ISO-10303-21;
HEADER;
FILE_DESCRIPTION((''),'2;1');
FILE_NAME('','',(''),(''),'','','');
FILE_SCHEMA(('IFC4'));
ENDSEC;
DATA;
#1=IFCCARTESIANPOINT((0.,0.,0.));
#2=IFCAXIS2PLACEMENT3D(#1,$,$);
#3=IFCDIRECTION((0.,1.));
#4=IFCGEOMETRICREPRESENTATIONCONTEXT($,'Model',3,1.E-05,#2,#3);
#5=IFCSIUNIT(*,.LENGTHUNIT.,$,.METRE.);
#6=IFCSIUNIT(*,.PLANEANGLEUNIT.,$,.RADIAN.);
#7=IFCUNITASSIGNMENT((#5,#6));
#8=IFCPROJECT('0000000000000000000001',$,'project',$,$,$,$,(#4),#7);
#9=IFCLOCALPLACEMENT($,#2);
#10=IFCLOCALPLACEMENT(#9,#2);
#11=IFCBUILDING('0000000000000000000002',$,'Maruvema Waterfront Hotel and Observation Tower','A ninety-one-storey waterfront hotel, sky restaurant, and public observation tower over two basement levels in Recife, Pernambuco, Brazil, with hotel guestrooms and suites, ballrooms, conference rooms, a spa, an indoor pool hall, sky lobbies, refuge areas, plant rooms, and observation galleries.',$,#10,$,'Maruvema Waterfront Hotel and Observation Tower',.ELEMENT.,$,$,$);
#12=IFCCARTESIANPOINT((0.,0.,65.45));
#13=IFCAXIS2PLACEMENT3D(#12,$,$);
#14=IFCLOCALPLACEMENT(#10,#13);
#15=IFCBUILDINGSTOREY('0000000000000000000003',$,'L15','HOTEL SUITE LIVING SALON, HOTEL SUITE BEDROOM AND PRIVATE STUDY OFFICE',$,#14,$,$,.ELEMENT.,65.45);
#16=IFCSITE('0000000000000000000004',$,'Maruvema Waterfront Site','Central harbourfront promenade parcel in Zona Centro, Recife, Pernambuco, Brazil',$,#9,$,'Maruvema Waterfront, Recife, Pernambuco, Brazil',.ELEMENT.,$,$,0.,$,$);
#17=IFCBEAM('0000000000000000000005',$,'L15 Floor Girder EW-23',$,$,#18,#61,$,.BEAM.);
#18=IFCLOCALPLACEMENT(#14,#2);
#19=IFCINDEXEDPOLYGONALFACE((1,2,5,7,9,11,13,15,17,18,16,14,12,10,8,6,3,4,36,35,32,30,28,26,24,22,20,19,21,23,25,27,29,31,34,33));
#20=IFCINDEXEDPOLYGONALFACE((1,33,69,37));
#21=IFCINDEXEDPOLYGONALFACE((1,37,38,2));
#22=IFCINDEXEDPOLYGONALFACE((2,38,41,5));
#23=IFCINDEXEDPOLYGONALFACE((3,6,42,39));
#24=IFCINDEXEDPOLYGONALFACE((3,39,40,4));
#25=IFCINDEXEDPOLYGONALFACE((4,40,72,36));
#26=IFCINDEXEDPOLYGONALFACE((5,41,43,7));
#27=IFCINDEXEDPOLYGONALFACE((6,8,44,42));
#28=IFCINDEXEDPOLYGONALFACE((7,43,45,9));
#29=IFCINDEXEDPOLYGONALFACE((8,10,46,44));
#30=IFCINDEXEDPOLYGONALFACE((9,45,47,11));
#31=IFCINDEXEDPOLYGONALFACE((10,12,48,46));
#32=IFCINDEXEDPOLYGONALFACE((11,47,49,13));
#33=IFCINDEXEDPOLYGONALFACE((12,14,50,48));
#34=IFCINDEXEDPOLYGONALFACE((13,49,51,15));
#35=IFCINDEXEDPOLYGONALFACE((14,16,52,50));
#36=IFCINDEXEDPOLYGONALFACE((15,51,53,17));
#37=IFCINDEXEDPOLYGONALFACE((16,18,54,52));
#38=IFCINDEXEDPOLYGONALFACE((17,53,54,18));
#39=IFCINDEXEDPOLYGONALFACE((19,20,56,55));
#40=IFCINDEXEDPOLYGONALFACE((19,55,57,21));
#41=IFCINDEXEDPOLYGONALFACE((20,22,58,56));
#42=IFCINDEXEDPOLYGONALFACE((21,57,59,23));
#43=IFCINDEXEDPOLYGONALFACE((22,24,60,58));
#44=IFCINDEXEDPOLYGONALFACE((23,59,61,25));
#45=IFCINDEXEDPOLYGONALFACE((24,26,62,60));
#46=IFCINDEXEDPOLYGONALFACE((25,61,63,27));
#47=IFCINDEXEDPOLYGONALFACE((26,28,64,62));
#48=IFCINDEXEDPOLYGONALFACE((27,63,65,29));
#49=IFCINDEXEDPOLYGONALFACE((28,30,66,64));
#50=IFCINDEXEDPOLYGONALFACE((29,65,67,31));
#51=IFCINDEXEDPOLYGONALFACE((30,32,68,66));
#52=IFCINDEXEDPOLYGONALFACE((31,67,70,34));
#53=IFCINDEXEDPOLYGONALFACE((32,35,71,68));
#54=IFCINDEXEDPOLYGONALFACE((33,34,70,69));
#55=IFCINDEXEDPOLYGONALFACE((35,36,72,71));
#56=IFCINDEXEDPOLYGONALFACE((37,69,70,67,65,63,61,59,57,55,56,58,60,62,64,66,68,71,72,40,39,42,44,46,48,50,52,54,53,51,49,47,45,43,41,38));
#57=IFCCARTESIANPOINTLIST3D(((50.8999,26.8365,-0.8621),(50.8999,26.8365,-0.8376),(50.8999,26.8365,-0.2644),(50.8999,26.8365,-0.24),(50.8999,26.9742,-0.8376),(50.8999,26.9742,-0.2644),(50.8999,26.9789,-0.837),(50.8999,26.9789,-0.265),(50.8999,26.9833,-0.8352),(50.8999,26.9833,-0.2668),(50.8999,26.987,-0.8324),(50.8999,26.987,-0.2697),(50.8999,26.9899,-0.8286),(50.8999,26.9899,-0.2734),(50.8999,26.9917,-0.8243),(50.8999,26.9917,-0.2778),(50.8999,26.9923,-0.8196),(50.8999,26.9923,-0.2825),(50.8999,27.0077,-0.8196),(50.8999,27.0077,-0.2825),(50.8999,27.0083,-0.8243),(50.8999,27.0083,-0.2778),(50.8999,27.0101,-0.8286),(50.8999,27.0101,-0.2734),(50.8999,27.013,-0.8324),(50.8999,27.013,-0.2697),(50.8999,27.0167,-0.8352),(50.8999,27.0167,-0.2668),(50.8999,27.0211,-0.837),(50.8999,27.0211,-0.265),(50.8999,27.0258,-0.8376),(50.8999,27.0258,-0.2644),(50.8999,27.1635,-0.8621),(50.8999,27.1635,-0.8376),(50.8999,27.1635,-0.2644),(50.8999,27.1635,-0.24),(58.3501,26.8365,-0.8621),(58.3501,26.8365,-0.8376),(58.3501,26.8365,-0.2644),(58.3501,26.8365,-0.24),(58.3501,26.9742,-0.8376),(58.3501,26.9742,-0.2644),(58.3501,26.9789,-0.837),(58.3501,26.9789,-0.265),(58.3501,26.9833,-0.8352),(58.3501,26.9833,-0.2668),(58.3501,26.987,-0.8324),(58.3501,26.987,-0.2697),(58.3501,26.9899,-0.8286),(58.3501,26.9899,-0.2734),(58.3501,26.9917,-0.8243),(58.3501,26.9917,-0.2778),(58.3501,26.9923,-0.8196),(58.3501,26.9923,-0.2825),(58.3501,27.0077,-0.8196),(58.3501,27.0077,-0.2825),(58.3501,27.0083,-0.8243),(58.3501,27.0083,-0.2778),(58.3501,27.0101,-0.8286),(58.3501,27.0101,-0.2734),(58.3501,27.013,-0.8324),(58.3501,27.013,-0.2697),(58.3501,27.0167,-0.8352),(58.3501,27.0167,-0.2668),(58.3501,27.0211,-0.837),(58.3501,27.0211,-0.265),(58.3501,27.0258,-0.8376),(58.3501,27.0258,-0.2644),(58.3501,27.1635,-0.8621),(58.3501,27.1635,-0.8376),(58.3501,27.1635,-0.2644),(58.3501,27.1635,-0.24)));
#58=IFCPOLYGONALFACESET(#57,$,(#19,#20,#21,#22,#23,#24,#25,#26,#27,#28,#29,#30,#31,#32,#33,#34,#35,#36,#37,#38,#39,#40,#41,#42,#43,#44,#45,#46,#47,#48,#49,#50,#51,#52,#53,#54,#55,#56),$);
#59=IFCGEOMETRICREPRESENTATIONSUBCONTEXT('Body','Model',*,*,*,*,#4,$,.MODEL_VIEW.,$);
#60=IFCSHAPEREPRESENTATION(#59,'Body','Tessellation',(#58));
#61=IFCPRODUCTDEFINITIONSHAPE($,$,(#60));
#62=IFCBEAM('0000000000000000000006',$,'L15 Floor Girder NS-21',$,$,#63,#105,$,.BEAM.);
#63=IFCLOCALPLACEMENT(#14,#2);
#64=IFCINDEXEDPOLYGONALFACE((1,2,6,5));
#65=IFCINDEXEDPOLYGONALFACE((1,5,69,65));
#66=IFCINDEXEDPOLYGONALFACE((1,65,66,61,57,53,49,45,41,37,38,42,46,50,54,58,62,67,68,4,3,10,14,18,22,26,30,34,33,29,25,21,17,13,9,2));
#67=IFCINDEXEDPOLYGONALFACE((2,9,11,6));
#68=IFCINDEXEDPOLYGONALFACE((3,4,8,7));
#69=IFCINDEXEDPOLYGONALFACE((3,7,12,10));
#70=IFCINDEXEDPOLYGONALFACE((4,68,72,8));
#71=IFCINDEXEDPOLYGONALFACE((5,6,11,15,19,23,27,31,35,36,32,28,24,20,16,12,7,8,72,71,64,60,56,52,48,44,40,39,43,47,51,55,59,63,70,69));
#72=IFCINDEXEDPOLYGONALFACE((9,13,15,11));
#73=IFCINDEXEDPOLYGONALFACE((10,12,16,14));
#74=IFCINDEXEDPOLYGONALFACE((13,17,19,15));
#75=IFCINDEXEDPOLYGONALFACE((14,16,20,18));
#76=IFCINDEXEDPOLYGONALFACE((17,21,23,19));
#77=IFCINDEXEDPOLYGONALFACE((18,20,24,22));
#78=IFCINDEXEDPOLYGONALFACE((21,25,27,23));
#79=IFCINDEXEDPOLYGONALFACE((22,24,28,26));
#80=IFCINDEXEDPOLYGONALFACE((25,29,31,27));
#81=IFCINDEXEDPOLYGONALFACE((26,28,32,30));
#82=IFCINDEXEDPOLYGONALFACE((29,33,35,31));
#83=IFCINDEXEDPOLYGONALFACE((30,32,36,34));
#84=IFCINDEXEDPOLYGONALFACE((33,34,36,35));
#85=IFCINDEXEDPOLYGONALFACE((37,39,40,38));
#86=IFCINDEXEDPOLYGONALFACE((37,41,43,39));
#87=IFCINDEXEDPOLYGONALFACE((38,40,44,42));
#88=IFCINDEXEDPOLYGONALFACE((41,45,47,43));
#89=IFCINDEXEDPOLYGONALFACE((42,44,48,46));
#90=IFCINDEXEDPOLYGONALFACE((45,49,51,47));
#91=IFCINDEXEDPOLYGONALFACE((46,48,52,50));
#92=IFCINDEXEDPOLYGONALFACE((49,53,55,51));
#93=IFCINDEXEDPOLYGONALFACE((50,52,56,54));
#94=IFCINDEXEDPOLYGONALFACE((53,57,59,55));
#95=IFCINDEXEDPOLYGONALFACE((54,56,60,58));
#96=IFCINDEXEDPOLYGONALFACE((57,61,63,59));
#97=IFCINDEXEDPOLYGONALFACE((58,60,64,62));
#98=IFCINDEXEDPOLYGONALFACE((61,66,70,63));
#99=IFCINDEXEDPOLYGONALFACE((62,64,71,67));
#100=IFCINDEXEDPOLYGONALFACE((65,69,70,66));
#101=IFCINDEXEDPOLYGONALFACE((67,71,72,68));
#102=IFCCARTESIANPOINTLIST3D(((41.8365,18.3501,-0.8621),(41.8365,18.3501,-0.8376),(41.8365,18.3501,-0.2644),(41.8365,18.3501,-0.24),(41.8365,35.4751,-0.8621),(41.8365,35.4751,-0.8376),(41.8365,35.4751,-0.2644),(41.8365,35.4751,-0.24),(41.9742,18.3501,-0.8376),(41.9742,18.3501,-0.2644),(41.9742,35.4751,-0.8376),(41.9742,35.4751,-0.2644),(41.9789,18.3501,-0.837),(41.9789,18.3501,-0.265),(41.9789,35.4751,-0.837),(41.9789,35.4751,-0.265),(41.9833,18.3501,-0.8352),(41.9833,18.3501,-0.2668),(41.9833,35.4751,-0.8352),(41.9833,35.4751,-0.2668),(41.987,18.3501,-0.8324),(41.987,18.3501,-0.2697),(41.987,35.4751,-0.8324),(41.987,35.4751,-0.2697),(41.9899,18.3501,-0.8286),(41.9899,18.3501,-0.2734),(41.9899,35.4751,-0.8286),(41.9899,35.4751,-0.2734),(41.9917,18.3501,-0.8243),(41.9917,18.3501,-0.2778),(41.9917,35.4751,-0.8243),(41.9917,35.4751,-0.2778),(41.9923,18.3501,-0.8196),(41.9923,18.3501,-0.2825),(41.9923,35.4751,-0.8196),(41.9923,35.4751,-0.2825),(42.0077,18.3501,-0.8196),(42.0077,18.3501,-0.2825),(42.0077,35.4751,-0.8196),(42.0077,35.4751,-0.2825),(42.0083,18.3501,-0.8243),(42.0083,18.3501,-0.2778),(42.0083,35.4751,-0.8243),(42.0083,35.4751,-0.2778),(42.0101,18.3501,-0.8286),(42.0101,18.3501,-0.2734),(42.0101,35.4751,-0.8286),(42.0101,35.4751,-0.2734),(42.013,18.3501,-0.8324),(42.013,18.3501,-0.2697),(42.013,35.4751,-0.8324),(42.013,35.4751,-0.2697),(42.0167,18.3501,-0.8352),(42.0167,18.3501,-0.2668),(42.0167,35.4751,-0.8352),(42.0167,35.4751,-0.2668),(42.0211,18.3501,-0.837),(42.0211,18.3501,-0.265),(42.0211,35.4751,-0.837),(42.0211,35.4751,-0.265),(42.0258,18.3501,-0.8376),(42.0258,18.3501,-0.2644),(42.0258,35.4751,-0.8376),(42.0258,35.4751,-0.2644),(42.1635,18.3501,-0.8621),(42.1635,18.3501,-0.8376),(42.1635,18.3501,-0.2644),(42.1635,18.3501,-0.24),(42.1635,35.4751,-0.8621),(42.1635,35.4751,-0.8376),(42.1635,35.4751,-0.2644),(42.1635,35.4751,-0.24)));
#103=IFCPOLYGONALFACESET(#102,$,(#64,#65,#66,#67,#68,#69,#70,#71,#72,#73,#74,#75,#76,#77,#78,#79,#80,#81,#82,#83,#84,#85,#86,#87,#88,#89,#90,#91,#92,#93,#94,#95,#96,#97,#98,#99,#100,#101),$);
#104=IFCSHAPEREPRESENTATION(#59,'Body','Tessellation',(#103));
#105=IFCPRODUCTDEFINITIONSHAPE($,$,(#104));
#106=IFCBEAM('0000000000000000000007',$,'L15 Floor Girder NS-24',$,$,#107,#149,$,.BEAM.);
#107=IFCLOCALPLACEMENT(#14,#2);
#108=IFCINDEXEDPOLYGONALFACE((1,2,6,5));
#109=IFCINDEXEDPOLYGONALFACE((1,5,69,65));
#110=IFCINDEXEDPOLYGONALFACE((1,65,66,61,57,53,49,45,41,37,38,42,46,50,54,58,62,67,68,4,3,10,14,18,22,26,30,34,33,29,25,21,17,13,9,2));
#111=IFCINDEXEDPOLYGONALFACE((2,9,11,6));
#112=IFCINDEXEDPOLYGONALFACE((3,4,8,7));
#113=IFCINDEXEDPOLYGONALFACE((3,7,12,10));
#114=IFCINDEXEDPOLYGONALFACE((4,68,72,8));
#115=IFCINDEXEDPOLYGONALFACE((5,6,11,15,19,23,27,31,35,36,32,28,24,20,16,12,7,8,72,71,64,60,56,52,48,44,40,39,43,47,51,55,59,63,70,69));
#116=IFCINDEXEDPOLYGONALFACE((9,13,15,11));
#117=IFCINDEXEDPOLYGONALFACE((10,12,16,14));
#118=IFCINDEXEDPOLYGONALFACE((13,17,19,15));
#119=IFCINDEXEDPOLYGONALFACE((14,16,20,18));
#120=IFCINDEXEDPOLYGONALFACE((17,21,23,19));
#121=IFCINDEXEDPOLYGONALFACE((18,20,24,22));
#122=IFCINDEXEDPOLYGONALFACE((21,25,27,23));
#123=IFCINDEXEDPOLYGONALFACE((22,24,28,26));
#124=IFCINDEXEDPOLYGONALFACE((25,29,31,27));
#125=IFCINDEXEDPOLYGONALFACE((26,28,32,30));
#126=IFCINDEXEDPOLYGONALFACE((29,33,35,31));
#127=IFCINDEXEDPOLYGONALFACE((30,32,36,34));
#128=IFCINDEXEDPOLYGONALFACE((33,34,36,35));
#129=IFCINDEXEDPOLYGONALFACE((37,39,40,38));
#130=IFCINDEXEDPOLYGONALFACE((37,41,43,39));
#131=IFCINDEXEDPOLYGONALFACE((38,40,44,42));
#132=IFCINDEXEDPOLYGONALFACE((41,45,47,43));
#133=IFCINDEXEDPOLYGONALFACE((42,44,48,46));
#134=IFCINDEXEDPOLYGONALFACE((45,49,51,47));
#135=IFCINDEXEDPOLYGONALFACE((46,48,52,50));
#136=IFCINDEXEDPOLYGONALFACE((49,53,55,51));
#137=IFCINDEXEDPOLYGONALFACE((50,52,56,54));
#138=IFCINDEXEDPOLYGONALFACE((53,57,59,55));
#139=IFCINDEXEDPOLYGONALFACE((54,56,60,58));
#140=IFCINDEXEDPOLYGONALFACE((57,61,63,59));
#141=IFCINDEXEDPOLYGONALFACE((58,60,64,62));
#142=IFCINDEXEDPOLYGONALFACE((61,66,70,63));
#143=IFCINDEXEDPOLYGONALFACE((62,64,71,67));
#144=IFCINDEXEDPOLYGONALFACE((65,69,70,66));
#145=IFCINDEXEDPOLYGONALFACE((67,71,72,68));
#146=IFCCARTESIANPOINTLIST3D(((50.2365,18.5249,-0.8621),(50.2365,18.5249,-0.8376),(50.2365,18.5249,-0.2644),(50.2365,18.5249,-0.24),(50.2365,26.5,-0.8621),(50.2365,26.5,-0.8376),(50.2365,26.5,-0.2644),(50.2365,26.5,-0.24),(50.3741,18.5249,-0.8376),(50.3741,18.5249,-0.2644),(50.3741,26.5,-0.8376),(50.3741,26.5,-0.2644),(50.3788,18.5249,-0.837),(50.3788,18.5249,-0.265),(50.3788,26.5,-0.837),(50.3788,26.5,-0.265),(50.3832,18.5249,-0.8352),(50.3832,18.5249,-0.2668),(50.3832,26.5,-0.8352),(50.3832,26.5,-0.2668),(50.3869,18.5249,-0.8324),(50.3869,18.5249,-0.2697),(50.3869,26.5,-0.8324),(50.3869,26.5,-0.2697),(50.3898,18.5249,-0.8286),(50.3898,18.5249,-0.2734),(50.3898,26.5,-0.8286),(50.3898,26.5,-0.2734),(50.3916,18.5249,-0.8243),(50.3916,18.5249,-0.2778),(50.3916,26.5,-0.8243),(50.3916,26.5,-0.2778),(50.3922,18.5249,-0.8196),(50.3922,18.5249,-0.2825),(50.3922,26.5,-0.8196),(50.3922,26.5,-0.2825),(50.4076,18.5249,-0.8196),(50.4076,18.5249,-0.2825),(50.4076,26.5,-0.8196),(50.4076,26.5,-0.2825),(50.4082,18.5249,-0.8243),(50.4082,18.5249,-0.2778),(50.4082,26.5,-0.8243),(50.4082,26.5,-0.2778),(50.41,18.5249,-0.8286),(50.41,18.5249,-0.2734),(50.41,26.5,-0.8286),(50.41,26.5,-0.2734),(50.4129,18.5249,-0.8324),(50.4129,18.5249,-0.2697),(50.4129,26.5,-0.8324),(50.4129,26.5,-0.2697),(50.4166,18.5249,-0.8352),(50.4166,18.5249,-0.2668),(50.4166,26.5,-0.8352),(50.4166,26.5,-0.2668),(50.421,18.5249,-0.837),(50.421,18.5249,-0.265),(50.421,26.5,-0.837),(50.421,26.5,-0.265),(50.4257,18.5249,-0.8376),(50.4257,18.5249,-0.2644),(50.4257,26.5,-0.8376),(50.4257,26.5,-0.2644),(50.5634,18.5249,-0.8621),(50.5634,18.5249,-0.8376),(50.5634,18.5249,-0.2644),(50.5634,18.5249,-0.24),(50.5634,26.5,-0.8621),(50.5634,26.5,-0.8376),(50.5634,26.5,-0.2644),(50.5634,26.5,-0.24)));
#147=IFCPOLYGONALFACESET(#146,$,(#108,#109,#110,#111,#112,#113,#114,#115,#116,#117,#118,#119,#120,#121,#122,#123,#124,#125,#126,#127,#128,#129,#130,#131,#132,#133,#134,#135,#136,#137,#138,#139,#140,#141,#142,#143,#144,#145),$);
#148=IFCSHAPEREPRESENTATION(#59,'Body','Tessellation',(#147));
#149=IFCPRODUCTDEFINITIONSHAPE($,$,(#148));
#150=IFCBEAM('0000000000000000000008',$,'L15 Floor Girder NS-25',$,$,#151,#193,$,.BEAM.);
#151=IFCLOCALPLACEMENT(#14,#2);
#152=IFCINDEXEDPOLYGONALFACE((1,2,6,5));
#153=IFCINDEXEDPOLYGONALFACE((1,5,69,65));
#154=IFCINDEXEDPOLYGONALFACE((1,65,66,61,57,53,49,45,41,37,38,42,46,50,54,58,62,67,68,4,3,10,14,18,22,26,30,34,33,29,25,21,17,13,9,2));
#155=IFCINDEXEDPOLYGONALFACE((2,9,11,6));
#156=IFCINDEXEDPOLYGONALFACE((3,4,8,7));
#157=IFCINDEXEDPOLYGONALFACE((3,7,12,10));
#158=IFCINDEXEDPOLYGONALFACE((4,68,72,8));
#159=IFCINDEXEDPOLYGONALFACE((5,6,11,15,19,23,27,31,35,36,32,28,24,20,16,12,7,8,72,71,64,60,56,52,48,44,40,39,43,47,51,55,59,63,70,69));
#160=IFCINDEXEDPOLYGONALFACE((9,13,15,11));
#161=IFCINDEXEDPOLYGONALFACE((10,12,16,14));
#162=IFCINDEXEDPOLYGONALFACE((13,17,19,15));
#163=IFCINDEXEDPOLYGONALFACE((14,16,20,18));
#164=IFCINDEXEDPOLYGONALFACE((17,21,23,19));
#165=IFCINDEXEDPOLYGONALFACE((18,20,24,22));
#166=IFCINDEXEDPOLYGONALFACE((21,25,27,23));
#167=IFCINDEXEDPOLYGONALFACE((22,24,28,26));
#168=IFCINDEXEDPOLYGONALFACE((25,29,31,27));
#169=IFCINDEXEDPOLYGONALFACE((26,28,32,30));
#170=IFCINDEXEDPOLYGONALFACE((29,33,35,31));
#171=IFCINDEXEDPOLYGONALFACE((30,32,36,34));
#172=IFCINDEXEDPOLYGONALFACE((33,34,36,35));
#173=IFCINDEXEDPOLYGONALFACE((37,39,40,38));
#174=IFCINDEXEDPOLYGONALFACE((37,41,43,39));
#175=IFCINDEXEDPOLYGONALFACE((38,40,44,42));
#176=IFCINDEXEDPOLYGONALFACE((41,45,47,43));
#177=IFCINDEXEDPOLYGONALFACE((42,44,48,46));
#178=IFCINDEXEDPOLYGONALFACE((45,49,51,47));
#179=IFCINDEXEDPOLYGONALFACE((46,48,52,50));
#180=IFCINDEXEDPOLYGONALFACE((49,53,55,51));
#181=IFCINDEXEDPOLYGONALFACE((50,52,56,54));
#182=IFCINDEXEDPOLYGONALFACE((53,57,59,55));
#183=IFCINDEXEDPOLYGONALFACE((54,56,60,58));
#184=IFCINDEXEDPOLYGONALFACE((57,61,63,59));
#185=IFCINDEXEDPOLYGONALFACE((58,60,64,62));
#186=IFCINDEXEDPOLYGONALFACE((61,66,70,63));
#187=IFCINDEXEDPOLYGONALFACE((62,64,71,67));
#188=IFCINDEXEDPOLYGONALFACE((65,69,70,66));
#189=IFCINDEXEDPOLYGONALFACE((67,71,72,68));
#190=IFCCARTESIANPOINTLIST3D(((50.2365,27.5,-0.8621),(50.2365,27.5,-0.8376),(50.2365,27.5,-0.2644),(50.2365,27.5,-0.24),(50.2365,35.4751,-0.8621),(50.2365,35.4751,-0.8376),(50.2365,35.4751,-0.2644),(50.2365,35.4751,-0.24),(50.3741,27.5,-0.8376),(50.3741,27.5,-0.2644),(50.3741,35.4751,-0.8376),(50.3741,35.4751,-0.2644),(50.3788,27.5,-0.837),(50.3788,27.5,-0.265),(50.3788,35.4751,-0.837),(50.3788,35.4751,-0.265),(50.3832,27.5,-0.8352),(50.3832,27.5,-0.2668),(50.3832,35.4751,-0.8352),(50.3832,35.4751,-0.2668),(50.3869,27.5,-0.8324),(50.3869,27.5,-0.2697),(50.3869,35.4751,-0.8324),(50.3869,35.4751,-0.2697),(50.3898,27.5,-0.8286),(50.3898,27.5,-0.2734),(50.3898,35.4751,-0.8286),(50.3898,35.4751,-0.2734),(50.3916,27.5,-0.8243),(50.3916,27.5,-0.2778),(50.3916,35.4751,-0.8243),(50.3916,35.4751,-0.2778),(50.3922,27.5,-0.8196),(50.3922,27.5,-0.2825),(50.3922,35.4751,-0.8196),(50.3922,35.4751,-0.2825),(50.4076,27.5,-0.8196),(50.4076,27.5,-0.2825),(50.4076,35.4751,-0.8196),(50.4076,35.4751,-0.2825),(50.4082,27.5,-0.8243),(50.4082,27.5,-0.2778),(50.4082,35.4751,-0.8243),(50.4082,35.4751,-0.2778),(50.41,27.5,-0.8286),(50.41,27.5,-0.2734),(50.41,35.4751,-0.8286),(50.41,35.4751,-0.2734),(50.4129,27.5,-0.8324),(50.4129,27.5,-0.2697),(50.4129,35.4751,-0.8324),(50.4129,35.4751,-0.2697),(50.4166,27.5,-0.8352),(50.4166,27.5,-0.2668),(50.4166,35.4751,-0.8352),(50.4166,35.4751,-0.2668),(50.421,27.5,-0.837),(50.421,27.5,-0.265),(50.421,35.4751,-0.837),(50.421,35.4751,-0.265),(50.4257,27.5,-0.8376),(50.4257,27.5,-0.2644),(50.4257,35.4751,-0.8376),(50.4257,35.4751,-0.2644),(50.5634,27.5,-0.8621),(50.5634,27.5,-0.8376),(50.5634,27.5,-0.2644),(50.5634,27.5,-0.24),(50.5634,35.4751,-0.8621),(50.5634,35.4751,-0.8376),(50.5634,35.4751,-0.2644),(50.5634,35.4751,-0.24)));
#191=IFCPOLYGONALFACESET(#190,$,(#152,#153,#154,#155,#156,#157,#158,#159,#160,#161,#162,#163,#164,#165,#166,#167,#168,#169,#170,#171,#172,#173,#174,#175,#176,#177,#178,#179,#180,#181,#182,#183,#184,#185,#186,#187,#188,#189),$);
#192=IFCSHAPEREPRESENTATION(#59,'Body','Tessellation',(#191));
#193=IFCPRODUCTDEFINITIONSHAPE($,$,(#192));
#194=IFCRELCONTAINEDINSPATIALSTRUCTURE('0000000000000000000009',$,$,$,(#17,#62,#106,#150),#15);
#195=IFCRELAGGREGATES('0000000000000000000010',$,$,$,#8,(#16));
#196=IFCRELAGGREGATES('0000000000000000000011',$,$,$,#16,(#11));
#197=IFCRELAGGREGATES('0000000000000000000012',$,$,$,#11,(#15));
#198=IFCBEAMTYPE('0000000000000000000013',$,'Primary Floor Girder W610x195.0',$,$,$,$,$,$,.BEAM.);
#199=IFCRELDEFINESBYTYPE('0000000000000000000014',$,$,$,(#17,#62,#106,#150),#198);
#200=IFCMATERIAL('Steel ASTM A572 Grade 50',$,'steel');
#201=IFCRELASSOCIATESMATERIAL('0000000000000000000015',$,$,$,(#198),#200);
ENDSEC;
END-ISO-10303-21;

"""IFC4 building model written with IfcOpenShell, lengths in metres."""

from ifc_helpers import new_model, si_unit, direction, frame, origin, origin_2d, place, context, subcontext, project, spatial, i_section, extrude, material, material_profile, profile_set, type_object, element, save


model = new_model("IFC4")

# Units and contexts
model_context = context("Model", 3, precision=1e-05, world=origin(), true_north=direction((0.0, 1.0)))
body_context = subcontext(model_context, "Body", "Model", "MODEL_VIEW")
ifc_project = project(units=[si_unit("LENGTHUNIT", "METRE"), si_unit("PLANEANGLEUNIT", "RADIAN")], contexts=[model_context])

# Site, building, storey
site_placement = place(None, origin())
site = spatial("IfcSite", under=ifc_project, at=site_placement, Name="Maruvema Waterfront Site", Description="Central harbourfront promenade parcel in Zona Centro, Recife, Pernambuco, Brazil", LongName="Maruvema Waterfront, Recife, Pernambuco, Brazil", CompositionType="ELEMENT", RefElevation=0.0)
building_placement = place(site_placement, origin())
building = spatial("IfcBuilding", under=site, at=building_placement, Name="Maruvema Waterfront Hotel and Observation Tower", Description="A ninety-one-storey waterfront hotel, sky restaurant, and public observation tower over two basement levels in Recife, Pernambuco, Brazil, with hotel guestrooms and suites, ballrooms, conference rooms, a spa, an indoor pool hall, sky lobbies, refuge areas, plant rooms, and observation galleries.", LongName="Maruvema Waterfront Hotel and Observation Tower", CompositionType="ELEMENT")
storey_placement = place(building_placement, frame((0.0, 0.0, 65.45)))
storey = spatial("IfcBuildingStorey", under=building, at=storey_placement, Name="L15", Description="HOTEL SUITE LIVING SALON, HOTEL SUITE BEDROOM AND PRIVATE STUDY OFFICE", CompositionType="ELEMENT", Elevation=65.45)

# Beams
ifc_material_1 = material(Name="Steel ASTM A572 Grade 50", Category="steel")
ifc_material_profile_1 = material_profile(ifc_material_1, i_section(OverallWidth=0.3269, OverallDepth=0.6221, WebThickness=0.0154, FlangeThickness=0.0244, FilletRadius=0.0181, at=origin_2d()), Name="W610x195.0")
ifc_profile_set_1 = profile_set([ifc_material_profile_1], Name="Steel ASTM A572 Grade 50")
beam_type_1 = type_object("IfcBeamType", Name="Primary Floor Girder W610x195.0", PredefinedType="BEAM", material=ifc_profile_set_1)
beam_1_placement = place(storey_placement, frame((50.8999, 27.0, -0.551), z_axis=(1.0, 0.0, 0.0), x_axis=(0.0, 1.0, 0.0)))
element("IfcBeam", 1, at=beam_1_placement, inside=storey, type_object=beam_type_1, Name="L15 Floor Girder EW-23", PredefinedType="BEAM", context=body_context, shape_type="SweptSolid", body=[
    extrude(i_section(OverallWidth=0.3269, OverallDepth=0.6221, WebThickness=0.0154, FlangeThickness=0.0244, FilletRadius=0.0181, at=origin_2d()), origin(), (0.0, 0.0, 1.0), 7.4502),
])
beam_2_placement = place(storey_placement, frame((42.0, 18.3501, -0.551), z_axis=(0.0, 1.0, 0.0), x_axis=(-1.0, 0.0, 0.0)))
element("IfcBeam", 2, at=beam_2_placement, inside=storey, type_object=beam_type_1, Name="L15 Floor Girder NS-21", PredefinedType="BEAM", context=body_context, shape_type="SweptSolid", body=[
    extrude(i_section(OverallWidth=0.3269, OverallDepth=0.6221, WebThickness=0.0154, FlangeThickness=0.0244, FilletRadius=0.0181, at=origin_2d()), origin(), (0.0, 0.0, 1.0), 17.125),
])
for number, where, z_axis, x_axis, name in (
    (3, (50.3999, 18.5249, -0.551), (0.0, 1.0, 0.0), (-1.0, 0.0, 0.0), "L15 Floor Girder NS-24"),
    (4, (50.3999, 27.5, -0.551), (0.0, 1.0, 0.0), (-1.0, 0.0, 0.0), "L15 Floor Girder NS-25"),
):
    element("IfcBeam", number, at=place(storey_placement, frame(where, z_axis=z_axis, x_axis=x_axis)), inside=storey, type_object=beam_type_1, Name=name, PredefinedType="BEAM", context=body_context, shape_type="SweptSolid", body=[
        extrude(i_section(OverallWidth=0.3269, OverallDepth=0.6221, WebThickness=0.0154, FlangeThickness=0.0244, FilletRadius=0.0181, at=origin_2d()), origin(), (0.0, 0.0, 1.0), 7.9751),
    ])

save(model, "model.ifc")
